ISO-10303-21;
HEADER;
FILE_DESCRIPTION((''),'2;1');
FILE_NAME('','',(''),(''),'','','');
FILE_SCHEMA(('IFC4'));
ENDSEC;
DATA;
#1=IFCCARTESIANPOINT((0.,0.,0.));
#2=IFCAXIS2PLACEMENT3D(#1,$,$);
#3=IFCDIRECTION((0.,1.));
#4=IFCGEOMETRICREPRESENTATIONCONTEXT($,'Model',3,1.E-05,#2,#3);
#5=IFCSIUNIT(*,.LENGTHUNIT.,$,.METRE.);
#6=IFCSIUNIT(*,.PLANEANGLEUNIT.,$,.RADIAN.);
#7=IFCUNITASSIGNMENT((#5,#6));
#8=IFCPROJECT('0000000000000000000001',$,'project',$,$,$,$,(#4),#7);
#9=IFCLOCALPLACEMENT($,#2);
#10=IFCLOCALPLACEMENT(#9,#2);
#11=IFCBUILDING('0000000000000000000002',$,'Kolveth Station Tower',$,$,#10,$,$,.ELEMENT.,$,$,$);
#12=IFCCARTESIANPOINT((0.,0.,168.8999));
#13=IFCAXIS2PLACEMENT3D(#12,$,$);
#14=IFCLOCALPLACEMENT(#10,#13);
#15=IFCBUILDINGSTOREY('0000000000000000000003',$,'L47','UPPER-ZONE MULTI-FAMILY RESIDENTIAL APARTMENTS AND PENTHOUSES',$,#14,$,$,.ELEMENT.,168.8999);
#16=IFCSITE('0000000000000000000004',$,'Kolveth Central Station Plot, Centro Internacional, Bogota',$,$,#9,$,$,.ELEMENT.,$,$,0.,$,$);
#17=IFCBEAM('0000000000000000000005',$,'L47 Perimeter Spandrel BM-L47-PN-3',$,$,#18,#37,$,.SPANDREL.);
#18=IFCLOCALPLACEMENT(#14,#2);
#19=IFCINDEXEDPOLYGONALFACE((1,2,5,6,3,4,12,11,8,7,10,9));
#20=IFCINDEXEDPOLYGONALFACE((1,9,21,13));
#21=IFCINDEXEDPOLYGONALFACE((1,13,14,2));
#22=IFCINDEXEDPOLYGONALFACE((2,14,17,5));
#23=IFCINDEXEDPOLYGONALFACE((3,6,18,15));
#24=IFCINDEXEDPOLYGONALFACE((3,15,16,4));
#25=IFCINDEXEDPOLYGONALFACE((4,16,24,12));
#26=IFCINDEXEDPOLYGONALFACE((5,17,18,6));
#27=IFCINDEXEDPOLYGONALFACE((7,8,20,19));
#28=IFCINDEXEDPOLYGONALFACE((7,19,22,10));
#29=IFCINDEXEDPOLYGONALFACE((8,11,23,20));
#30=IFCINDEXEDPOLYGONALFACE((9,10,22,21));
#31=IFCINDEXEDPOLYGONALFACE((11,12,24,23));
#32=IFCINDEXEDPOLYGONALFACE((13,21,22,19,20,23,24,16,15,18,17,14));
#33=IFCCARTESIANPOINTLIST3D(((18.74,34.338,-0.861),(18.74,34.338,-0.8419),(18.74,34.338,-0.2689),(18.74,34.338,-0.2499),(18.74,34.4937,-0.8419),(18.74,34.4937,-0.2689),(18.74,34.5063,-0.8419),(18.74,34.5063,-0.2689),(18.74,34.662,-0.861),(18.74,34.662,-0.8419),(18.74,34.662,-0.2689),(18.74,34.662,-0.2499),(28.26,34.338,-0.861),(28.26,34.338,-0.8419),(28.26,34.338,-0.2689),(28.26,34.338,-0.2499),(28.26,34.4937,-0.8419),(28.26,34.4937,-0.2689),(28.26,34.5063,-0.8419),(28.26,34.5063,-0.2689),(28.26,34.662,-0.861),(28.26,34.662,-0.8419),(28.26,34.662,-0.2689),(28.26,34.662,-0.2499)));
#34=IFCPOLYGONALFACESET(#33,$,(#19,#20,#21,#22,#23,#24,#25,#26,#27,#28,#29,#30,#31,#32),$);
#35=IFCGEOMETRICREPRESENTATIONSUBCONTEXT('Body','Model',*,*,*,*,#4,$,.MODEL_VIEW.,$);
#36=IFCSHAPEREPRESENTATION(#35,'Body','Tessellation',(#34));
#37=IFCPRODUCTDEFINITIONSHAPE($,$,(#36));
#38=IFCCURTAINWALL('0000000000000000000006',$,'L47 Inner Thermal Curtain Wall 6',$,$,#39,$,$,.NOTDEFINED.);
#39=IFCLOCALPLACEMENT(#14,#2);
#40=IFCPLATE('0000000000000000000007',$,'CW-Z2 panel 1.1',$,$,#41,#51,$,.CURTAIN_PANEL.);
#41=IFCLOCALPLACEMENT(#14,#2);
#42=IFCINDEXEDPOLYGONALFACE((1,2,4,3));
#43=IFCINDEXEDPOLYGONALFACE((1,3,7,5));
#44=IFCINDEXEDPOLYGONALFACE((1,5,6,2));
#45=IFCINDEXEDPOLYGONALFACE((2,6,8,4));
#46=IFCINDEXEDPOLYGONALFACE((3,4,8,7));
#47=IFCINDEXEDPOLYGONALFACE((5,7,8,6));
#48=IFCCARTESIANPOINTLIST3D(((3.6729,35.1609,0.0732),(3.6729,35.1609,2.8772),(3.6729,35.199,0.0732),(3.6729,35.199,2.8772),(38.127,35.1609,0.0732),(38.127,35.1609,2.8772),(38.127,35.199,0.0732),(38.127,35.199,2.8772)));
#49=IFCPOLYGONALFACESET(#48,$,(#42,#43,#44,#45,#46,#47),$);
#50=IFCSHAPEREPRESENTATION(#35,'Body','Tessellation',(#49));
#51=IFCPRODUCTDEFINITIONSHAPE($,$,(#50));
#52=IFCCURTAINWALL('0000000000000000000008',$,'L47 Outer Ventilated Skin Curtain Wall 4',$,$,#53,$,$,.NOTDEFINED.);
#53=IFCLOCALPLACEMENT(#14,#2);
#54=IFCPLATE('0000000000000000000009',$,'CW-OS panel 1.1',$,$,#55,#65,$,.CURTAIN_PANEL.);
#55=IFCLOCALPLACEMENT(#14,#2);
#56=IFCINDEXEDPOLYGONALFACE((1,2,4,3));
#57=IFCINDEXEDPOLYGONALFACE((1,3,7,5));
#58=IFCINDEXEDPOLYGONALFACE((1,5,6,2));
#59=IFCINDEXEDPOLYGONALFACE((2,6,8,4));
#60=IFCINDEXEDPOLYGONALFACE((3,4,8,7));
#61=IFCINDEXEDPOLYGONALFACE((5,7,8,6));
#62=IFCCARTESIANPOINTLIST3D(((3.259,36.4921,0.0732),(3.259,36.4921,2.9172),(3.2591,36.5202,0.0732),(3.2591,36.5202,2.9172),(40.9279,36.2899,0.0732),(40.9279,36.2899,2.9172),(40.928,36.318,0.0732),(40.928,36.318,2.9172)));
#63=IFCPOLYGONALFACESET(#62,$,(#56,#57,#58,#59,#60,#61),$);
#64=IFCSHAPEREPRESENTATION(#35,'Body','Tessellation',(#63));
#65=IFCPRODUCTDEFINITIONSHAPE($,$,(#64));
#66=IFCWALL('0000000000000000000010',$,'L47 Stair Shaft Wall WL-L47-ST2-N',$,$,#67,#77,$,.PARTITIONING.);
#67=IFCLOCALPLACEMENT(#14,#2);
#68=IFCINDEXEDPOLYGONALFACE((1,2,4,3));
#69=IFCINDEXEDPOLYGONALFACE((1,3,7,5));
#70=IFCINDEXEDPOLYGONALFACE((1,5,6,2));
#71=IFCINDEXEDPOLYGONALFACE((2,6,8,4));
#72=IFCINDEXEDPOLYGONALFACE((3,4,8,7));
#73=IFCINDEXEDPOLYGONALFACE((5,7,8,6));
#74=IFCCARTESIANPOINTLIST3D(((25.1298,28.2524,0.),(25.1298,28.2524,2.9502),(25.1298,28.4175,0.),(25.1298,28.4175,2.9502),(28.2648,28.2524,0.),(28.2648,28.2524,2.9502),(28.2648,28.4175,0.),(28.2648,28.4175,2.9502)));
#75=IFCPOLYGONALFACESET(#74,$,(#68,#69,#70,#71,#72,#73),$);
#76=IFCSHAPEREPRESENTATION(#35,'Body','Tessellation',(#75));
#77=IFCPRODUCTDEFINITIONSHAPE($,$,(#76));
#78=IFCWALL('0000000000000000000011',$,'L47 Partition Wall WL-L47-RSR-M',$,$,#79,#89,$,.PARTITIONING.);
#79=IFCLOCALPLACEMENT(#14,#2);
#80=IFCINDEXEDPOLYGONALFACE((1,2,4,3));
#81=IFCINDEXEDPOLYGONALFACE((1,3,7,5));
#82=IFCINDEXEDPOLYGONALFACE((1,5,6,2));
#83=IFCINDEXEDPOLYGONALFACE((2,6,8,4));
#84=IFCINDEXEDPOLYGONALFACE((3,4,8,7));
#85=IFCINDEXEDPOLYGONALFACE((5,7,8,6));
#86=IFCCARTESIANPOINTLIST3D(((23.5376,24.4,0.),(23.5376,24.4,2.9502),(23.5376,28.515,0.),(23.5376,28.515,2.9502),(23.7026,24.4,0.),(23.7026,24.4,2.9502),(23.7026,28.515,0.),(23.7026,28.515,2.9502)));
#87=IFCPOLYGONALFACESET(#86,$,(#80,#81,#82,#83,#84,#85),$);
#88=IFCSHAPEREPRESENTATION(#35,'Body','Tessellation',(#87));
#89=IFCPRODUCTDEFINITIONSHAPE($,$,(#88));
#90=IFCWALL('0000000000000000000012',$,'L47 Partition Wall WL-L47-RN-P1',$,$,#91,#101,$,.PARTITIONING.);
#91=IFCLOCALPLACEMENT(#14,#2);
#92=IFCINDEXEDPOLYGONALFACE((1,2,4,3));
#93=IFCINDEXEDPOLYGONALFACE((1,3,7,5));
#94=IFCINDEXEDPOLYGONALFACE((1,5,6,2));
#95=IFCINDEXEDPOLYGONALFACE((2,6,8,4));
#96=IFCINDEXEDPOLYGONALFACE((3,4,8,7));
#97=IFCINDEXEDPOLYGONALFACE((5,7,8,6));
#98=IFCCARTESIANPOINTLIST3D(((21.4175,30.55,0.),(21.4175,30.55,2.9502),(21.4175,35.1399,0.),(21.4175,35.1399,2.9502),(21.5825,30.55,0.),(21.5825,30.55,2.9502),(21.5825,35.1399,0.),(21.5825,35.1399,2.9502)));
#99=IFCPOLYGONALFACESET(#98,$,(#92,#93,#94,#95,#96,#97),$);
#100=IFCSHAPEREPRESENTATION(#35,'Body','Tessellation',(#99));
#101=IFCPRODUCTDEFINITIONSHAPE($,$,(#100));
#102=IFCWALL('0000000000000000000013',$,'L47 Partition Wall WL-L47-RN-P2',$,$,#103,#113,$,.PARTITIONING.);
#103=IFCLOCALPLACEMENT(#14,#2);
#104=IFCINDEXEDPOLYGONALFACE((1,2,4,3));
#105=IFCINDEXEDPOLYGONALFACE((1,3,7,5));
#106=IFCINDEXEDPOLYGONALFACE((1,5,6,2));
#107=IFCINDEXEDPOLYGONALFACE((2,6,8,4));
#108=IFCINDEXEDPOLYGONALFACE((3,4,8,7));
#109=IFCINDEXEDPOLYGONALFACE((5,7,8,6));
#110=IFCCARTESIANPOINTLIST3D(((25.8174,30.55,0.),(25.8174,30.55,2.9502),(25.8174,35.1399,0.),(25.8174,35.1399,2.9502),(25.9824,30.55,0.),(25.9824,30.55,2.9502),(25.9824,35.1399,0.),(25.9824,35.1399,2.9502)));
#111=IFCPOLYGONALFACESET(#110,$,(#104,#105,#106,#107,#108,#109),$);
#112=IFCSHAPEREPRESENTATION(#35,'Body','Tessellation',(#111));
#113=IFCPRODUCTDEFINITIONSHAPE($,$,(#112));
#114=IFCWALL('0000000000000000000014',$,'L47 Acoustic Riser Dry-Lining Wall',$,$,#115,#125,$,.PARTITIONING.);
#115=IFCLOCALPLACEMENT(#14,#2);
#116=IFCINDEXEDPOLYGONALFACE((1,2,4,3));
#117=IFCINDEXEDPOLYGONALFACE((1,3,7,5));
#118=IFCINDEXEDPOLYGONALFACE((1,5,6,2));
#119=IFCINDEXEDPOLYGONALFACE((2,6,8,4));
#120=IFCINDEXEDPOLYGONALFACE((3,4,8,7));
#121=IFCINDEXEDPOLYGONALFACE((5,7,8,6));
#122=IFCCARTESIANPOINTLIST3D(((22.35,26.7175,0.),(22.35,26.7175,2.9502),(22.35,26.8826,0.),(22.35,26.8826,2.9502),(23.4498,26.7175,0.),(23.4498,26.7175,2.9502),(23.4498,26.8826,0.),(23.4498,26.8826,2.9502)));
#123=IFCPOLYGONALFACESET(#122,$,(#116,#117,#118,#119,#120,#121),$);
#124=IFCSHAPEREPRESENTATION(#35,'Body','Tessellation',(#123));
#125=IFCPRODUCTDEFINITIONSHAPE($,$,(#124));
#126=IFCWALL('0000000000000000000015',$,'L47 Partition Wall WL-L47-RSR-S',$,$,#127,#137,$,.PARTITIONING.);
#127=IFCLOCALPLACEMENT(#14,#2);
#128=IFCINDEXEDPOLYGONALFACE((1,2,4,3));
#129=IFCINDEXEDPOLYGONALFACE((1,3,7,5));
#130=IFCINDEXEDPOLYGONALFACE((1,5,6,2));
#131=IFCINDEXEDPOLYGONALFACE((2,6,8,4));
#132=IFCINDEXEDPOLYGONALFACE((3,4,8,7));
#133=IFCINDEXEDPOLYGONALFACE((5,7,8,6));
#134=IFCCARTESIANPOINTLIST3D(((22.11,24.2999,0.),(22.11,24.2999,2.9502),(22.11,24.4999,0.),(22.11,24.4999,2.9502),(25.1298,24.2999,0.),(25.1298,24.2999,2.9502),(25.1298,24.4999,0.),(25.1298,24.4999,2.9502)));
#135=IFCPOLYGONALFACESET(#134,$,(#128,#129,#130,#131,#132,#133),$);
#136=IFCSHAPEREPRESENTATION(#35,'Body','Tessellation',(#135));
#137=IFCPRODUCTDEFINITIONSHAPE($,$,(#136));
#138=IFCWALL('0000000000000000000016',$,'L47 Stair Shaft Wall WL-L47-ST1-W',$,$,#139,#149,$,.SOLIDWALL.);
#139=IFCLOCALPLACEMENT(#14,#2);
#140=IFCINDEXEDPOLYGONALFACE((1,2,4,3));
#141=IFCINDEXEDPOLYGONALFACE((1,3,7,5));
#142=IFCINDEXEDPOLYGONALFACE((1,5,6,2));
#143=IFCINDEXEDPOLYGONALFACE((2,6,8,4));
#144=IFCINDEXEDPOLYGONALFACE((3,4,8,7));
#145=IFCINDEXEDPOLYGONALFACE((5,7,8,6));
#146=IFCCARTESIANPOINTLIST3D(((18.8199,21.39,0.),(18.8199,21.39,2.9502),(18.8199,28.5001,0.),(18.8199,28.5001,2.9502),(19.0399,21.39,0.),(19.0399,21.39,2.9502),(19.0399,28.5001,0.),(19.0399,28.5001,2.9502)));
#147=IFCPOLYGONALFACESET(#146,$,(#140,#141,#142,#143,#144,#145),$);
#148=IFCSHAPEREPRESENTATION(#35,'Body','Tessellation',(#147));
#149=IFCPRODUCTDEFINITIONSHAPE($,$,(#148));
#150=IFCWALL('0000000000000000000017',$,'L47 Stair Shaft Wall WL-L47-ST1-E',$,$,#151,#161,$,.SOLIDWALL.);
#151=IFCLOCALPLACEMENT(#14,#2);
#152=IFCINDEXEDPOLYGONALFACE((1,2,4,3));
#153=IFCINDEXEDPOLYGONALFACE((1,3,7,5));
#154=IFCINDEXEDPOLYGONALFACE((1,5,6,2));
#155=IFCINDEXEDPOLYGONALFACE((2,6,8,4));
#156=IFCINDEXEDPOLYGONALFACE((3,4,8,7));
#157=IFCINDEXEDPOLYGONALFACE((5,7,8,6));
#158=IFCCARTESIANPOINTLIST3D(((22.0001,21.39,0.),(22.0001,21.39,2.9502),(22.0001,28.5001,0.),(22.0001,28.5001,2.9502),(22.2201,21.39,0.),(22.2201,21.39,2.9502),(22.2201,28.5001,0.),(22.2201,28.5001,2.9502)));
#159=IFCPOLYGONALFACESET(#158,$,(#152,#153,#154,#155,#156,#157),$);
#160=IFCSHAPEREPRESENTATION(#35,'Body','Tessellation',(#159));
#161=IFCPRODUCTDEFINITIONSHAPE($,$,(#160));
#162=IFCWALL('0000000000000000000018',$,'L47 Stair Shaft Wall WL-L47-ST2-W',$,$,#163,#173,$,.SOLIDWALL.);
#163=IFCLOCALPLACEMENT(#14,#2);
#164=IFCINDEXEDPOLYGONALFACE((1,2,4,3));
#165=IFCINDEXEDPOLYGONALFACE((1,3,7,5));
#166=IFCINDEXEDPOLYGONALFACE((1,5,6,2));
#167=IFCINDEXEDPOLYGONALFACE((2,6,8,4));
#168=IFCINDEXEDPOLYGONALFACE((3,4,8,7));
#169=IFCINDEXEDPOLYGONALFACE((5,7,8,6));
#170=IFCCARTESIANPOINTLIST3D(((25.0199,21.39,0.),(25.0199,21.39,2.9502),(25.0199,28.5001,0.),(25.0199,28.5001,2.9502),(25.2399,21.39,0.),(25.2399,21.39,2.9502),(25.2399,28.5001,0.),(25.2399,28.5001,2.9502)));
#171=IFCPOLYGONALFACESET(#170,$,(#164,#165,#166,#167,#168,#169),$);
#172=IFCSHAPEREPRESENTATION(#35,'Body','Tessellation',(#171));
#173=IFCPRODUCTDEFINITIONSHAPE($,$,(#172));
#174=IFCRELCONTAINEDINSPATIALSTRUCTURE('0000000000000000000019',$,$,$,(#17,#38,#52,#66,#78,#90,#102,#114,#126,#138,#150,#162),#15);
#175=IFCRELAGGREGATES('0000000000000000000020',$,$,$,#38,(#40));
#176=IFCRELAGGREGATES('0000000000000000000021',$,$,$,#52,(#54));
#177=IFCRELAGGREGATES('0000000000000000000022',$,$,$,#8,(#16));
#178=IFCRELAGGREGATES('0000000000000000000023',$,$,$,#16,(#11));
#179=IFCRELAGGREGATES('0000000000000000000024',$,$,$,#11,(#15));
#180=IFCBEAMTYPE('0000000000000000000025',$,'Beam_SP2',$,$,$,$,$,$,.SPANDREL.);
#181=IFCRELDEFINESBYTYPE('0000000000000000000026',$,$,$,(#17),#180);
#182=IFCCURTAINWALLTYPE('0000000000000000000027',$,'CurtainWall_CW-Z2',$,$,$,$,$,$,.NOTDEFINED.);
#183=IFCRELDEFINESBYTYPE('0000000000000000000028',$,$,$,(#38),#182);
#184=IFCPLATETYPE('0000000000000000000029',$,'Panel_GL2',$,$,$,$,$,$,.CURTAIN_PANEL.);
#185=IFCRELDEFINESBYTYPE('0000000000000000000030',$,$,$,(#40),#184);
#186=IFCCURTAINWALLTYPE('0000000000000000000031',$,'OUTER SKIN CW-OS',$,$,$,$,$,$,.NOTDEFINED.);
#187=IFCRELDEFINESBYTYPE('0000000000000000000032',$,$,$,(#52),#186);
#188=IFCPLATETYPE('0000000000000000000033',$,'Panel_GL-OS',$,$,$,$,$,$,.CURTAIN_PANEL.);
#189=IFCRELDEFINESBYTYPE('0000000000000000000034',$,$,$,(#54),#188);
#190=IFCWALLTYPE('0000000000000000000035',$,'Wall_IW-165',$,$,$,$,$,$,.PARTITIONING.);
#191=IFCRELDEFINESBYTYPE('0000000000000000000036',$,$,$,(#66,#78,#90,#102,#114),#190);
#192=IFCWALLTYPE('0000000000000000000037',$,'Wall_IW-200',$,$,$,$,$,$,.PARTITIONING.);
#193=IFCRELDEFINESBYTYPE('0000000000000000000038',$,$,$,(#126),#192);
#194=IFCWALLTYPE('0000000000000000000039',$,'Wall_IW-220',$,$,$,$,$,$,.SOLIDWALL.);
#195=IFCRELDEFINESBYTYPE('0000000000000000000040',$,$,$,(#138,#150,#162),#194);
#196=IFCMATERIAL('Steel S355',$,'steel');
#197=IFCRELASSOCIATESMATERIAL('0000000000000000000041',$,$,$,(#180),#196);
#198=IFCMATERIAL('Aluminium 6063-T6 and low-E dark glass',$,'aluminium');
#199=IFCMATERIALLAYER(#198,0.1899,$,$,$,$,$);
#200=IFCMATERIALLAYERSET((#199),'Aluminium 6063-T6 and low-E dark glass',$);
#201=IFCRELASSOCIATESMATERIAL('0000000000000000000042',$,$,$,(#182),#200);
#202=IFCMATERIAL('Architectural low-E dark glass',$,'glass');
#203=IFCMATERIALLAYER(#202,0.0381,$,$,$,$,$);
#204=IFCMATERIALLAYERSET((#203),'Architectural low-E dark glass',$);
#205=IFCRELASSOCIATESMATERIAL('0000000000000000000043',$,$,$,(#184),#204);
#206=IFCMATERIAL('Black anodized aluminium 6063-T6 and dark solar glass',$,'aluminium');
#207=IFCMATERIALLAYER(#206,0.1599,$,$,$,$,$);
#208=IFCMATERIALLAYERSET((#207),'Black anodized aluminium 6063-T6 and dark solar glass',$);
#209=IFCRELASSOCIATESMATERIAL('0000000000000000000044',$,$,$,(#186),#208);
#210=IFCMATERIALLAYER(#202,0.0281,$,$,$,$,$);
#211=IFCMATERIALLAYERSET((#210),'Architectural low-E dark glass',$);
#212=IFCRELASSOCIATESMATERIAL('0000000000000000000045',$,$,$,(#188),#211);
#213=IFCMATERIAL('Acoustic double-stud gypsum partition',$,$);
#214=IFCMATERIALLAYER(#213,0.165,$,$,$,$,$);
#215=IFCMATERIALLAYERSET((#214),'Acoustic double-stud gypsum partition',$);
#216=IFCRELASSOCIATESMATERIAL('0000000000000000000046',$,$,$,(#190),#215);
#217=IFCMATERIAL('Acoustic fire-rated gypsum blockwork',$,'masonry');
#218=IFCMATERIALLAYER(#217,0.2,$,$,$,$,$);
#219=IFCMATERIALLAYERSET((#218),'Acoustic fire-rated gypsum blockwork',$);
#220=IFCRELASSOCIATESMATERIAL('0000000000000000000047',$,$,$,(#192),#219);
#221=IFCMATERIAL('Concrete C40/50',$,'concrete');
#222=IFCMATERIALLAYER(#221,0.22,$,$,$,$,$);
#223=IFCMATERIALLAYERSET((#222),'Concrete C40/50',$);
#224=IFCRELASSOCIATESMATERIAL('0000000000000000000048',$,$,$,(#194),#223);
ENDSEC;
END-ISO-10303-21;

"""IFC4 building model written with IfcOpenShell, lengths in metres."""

from ifc_helpers import new_model, si_unit, direction, frame, frame_2d, origin, origin_2d, place, context, subcontext, project, spatial, rectangle, i_section, extrude, source, transform, mapped, material, layer, layer_set, material_profile, profile_set, type_object, element, aggregate, save


model = new_model("IFC4")

# Units and contexts
model_context = context("Model", 3, precision=1e-05, world=origin(), true_north=direction((0.0, 1.0)))
body_context = subcontext(model_context, "Body", "Model", "MODEL_VIEW")
ifc_project = project(units=[si_unit("LENGTHUNIT", "METRE"), si_unit("PLANEANGLEUNIT", "RADIAN")], contexts=[model_context])

# Site, building, storey
site_placement = place(None, origin())
site = spatial("IfcSite", under=ifc_project, at=site_placement, Name="Kolveth Central Station Plot, Centro Internacional, Bogota", CompositionType="ELEMENT", RefElevation=0.0)
building_placement = place(site_placement, origin())
building = spatial("IfcBuilding", under=site, at=building_placement, Name="Kolveth Station Tower", CompositionType="ELEMENT")
storey_placement = place(building_placement, frame((0.0, 0.0, 168.8999)))
storey = spatial("IfcBuildingStorey", under=building, at=storey_placement, Name="L47", Description="UPPER-ZONE MULTI-FAMILY RESIDENTIAL APARTMENTS AND PENTHOUSES", CompositionType="ELEMENT", Elevation=168.8999)

# Beam
ifc_material_1 = material(Name="Steel S355", Category="steel")
ifc_material_profile = material_profile(ifc_material_1, i_section(OverallWidth=0.324, OverallDepth=0.6111, WebThickness=0.0127, FlangeThickness=0.019, at=origin_2d()), Name="W610x155")
ifc_profile_set = profile_set([ifc_material_profile], Name="Steel S355")
beam_type = type_object("IfcBeamType", Name="Beam_SP2", PredefinedType="SPANDREL", material=ifc_profile_set)
shared_shape_1 = source(origin(), body_context, "Body", "SweptSolid", [
    extrude(i_section(OverallWidth=0.324, OverallDepth=0.6111, WebThickness=0.0127, FlangeThickness=0.019, at=origin_2d()), origin(), (0.0, 0.0, 1.0), 9.52),
])
beam_placement = place(storey_placement, frame((18.74, 34.5, -0.5554), z_axis=(1.0, 0.0, 0.0), x_axis=(0.0, 1.0, 0.0)))
element("IfcBeam", 1, at=beam_placement, inside=storey, type_object=beam_type, Name="L47 Perimeter Spandrel BM-L47-PN-3", PredefinedType="SPANDREL", context=body_context, shape_type="MappedRepresentation", body=[
    mapped(shared_shape_1, transform((0.0, 0.0, 0.0), x_axis=(1.0, 0.0, 0.0), y_axis=(0.0, 1.0, 0.0), z_axis=(0.0, 0.0, 1.0), scale=1.0)),
])

# Curtain walls, plates
ifc_material_2 = material(Name="Aluminium 6063-T6 and low-E dark glass", Category="aluminium")
ifc_layer_1 = layer(ifc_material_2, 0.1899)
ifc_layer_set_1 = layer_set([ifc_layer_1], Name="Aluminium 6063-T6 and low-E dark glass")
curtain_wall_type_1 = type_object("IfcCurtainWallType", Name="CurtainWall_CW-Z2", PredefinedType="NOTDEFINED", material=ifc_layer_set_1)
curtain_wall_1_placement = place(storey_placement, origin())
curtain_wall_1 = element("IfcCurtainWall", 2, at=curtain_wall_1_placement, inside=storey, type_object=curtain_wall_type_1, Name="L47 Inner Thermal Curtain Wall 6", PredefinedType="NOTDEFINED")
ifc_material_3 = material(Name="Architectural low-E dark glass", Category="glass")
ifc_layer_2 = layer(ifc_material_3, 0.0381)
ifc_layer_set_2 = layer_set([ifc_layer_2], Name="Architectural low-E dark glass")
plate_type_1 = type_object("IfcPlateType", Name="Panel_GL2", PredefinedType="CURTAIN_PANEL", material=ifc_layer_set_2)
shared_shape_2 = source(origin(), body_context, "Body", "SweptSolid", [
    extrude(rectangle(XDim=34.4541, YDim=0.0381, at=origin_2d()), origin(), (0.0, 0.0, 1.0), 2.804),
])
plate_1_placement = place(storey_placement, frame((20.8999, 35.1799, 0.0732), z_axis=(0.0, 0.0, 1.0), x_axis=(-1.0, 0.0, 0.0)))
plate_1 = element("IfcPlate", 3, at=plate_1_placement, type_object=plate_type_1, Name="CW-Z2 panel 1.1", PredefinedType="CURTAIN_PANEL", context=body_context, shape_type="MappedRepresentation", body=[
    mapped(shared_shape_2, transform((0.0, 0.0, 0.0), x_axis=(1.0, 0.0, 0.0), y_axis=(0.0, 1.0, 0.0), z_axis=(0.0, 0.0, 1.0), scale=1.0)),
])
aggregate(curtain_wall_1, [plate_1])
ifc_material_4 = material(Name="Black anodized aluminium 6063-T6 and dark solar glass", Category="aluminium")
ifc_layer_3 = layer(ifc_material_4, 0.1599)
ifc_layer_set_3 = layer_set([ifc_layer_3], Name="Black anodized aluminium 6063-T6 and dark solar glass")
curtain_wall_type_2 = type_object("IfcCurtainWallType", Name="OUTER SKIN CW-OS", PredefinedType="NOTDEFINED", material=ifc_layer_set_3)
curtain_wall_2_placement = place(storey_placement, origin())
curtain_wall_2 = element("IfcCurtainWall", 4, at=curtain_wall_2_placement, inside=storey, type_object=curtain_wall_type_2, Name="L47 Outer Ventilated Skin Curtain Wall 4", PredefinedType="NOTDEFINED")
ifc_layer_4 = layer(ifc_material_3, 0.0281)
ifc_layer_set_4 = layer_set([ifc_layer_4], Name="Architectural low-E dark glass")
plate_type_2 = type_object("IfcPlateType", Name="Panel_GL-OS", PredefinedType="CURTAIN_PANEL", material=ifc_layer_set_4)
shared_shape_3 = source(origin(), body_context, "Body", "SweptSolid", [
    extrude(rectangle(XDim=37.6694, YDim=0.0281, at=origin_2d()), origin(), (0.0, 0.0, 1.0), 2.844),
])
plate_2_placement = place(storey_placement, frame((22.0935, 36.405, 0.0732), z_axis=(0.0, 0.0, 1.0), x_axis=(-0.999986, 0.005368, 0.0)))
plate_2 = element("IfcPlate", 5, at=plate_2_placement, type_object=plate_type_2, Name="CW-OS panel 1.1", PredefinedType="CURTAIN_PANEL", context=body_context, shape_type="MappedRepresentation", body=[
    mapped(shared_shape_3, transform((0.0, 0.0, 0.0), x_axis=(1.0, 0.0, 0.0), y_axis=(0.0, 1.0, 0.0), z_axis=(0.0, 0.0, 1.0), scale=1.0)),
])
aggregate(curtain_wall_2, [plate_2])

# Walls
ifc_material_5 = material(Name="Acoustic double-stud gypsum partition")
ifc_layer_5 = layer(ifc_material_5, 0.165)
ifc_layer_set_5 = layer_set([ifc_layer_5], Name="Acoustic double-stud gypsum partition")
wall_type_1 = type_object("IfcWallType", Name="Wall_IW-165", PredefinedType="PARTITIONING", material=ifc_layer_set_5)
wall_1_placement = place(storey_placement, frame((25.1299, 28.335, 0.0), z_axis=(0.0, 0.0, 1.0), x_axis=(1.0, 0.0, 0.0)))
element("IfcWall", 6, at=wall_1_placement, inside=storey, type_object=wall_type_1, Name="L47 Stair Shaft Wall WL-L47-ST2-N", PredefinedType="PARTITIONING", context=body_context, shape_type="SweptSolid", body=[
    extrude(rectangle(XDim=3.135, YDim=0.165, at=frame_2d((1.5674, 0.0))), origin(), (0.0, 0.0, 1.0), 2.9502),
])
wall_2_placement = place(storey_placement, frame((23.6201, 24.3999, 0.0), z_axis=(0.0, 0.0, 1.0), x_axis=(0.0, 1.0, 0.0)))
element("IfcWall", 7, at=wall_2_placement, inside=storey, type_object=wall_type_1, Name="L47 Partition Wall WL-L47-RSR-M", PredefinedType="PARTITIONING", context=body_context, shape_type="SweptSolid", body=[
    extrude(rectangle(XDim=4.115, YDim=0.165, at=frame_2d((2.0576, 0.0))), origin(), (0.0, 0.0, 1.0), 2.9502),
])
for number, where, z_axis, x_axis, name in (
    (8, (21.5, 30.55, 0.0), (0.0, 0.0, 1.0), (0.0, 1.0, 0.0), "L47 Partition Wall WL-L47-RN-P1"),
    (9, (25.8999, 30.55, 0.0), (0.0, 0.0, 1.0), (0.0, 1.0, 0.0), "L47 Partition Wall WL-L47-RN-P2"),
):
    element("IfcWall", number, at=place(storey_placement, frame(where, z_axis=z_axis, x_axis=x_axis)), inside=storey, type_object=wall_type_1, Name=name, PredefinedType="PARTITIONING", context=body_context, shape_type="SweptSolid", body=[
        extrude(rectangle(XDim=4.5898, YDim=0.165, at=frame_2d((2.2949, 0.0))), origin(), (0.0, 0.0, 1.0), 2.9502),
    ])
wall_3_placement = place(storey_placement, frame((22.3501, 26.8, 0.0), z_axis=(0.0, 0.0, 1.0), x_axis=(1.0, 0.0, 0.0)))
element("IfcWall", 10, at=wall_3_placement, inside=storey, type_object=wall_type_1, Name="L47 Acoustic Riser Dry-Lining Wall", PredefinedType="PARTITIONING", context=body_context, shape_type="SweptSolid", body=[
    extrude(rectangle(XDim=1.0999, YDim=0.165, at=frame_2d((0.5498, 0.0))), origin(), (0.0, 0.0, 1.0), 2.9502),
])
ifc_material_6 = material(Name="Acoustic fire-rated gypsum blockwork", Category="masonry")
ifc_layer_6 = layer(ifc_material_6, 0.2)
ifc_layer_set_6 = layer_set([ifc_layer_6], Name="Acoustic fire-rated gypsum blockwork")
wall_type_2 = type_object("IfcWallType", Name="Wall_IW-200", PredefinedType="PARTITIONING", material=ifc_layer_set_6)
wall_4_placement = place(storey_placement, frame((22.1101, 24.3999, 0.0), z_axis=(0.0, 0.0, 1.0), x_axis=(1.0, 0.0, 0.0)))
element("IfcWall", 11, at=wall_4_placement, inside=storey, type_object=wall_type_2, Name="L47 Partition Wall WL-L47-RSR-S", PredefinedType="PARTITIONING", context=body_context, shape_type="SweptSolid", body=[
    extrude(rectangle(XDim=3.0198, YDim=0.2, at=frame_2d((1.5098, 0.0))), origin(), (0.0, 0.0, 1.0), 2.9502),
])
ifc_material_7 = material(Name="Concrete C40/50", Category="concrete")
ifc_layer_7 = layer(ifc_material_7, 0.22)
ifc_layer_set_7 = layer_set([ifc_layer_7], Name="Concrete C40/50")
wall_type_3 = type_object("IfcWallType", Name="Wall_IW-220", PredefinedType="SOLIDWALL", material=ifc_layer_set_7)
for number, where, z_axis, x_axis, name in (
    (12, (18.9299, 21.3899, 0.0), (0.0, 0.0, 1.0), (0.0, 1.0, 0.0), "L47 Stair Shaft Wall WL-L47-ST1-W"),
    (13, (22.1101, 21.3899, 0.0), (0.0, 0.0, 1.0), (0.0, 1.0, 0.0), "L47 Stair Shaft Wall WL-L47-ST1-E"),
    (14, (25.1299, 21.3899, 0.0), (0.0, 0.0, 1.0), (0.0, 1.0, 0.0), "L47 Stair Shaft Wall WL-L47-ST2-W"),
):
    element("IfcWall", number, at=place(storey_placement, frame(where, z_axis=z_axis, x_axis=x_axis)), inside=storey, type_object=wall_type_3, Name=name, PredefinedType="SOLIDWALL", context=body_context, shape_type="SweptSolid", body=[
        extrude(rectangle(XDim=7.1101, YDim=0.22, at=frame_2d((3.5552, 0.0))), origin(), (0.0, 0.0, 1.0), 2.9502),
    ])

save(model, "model.ifc")
